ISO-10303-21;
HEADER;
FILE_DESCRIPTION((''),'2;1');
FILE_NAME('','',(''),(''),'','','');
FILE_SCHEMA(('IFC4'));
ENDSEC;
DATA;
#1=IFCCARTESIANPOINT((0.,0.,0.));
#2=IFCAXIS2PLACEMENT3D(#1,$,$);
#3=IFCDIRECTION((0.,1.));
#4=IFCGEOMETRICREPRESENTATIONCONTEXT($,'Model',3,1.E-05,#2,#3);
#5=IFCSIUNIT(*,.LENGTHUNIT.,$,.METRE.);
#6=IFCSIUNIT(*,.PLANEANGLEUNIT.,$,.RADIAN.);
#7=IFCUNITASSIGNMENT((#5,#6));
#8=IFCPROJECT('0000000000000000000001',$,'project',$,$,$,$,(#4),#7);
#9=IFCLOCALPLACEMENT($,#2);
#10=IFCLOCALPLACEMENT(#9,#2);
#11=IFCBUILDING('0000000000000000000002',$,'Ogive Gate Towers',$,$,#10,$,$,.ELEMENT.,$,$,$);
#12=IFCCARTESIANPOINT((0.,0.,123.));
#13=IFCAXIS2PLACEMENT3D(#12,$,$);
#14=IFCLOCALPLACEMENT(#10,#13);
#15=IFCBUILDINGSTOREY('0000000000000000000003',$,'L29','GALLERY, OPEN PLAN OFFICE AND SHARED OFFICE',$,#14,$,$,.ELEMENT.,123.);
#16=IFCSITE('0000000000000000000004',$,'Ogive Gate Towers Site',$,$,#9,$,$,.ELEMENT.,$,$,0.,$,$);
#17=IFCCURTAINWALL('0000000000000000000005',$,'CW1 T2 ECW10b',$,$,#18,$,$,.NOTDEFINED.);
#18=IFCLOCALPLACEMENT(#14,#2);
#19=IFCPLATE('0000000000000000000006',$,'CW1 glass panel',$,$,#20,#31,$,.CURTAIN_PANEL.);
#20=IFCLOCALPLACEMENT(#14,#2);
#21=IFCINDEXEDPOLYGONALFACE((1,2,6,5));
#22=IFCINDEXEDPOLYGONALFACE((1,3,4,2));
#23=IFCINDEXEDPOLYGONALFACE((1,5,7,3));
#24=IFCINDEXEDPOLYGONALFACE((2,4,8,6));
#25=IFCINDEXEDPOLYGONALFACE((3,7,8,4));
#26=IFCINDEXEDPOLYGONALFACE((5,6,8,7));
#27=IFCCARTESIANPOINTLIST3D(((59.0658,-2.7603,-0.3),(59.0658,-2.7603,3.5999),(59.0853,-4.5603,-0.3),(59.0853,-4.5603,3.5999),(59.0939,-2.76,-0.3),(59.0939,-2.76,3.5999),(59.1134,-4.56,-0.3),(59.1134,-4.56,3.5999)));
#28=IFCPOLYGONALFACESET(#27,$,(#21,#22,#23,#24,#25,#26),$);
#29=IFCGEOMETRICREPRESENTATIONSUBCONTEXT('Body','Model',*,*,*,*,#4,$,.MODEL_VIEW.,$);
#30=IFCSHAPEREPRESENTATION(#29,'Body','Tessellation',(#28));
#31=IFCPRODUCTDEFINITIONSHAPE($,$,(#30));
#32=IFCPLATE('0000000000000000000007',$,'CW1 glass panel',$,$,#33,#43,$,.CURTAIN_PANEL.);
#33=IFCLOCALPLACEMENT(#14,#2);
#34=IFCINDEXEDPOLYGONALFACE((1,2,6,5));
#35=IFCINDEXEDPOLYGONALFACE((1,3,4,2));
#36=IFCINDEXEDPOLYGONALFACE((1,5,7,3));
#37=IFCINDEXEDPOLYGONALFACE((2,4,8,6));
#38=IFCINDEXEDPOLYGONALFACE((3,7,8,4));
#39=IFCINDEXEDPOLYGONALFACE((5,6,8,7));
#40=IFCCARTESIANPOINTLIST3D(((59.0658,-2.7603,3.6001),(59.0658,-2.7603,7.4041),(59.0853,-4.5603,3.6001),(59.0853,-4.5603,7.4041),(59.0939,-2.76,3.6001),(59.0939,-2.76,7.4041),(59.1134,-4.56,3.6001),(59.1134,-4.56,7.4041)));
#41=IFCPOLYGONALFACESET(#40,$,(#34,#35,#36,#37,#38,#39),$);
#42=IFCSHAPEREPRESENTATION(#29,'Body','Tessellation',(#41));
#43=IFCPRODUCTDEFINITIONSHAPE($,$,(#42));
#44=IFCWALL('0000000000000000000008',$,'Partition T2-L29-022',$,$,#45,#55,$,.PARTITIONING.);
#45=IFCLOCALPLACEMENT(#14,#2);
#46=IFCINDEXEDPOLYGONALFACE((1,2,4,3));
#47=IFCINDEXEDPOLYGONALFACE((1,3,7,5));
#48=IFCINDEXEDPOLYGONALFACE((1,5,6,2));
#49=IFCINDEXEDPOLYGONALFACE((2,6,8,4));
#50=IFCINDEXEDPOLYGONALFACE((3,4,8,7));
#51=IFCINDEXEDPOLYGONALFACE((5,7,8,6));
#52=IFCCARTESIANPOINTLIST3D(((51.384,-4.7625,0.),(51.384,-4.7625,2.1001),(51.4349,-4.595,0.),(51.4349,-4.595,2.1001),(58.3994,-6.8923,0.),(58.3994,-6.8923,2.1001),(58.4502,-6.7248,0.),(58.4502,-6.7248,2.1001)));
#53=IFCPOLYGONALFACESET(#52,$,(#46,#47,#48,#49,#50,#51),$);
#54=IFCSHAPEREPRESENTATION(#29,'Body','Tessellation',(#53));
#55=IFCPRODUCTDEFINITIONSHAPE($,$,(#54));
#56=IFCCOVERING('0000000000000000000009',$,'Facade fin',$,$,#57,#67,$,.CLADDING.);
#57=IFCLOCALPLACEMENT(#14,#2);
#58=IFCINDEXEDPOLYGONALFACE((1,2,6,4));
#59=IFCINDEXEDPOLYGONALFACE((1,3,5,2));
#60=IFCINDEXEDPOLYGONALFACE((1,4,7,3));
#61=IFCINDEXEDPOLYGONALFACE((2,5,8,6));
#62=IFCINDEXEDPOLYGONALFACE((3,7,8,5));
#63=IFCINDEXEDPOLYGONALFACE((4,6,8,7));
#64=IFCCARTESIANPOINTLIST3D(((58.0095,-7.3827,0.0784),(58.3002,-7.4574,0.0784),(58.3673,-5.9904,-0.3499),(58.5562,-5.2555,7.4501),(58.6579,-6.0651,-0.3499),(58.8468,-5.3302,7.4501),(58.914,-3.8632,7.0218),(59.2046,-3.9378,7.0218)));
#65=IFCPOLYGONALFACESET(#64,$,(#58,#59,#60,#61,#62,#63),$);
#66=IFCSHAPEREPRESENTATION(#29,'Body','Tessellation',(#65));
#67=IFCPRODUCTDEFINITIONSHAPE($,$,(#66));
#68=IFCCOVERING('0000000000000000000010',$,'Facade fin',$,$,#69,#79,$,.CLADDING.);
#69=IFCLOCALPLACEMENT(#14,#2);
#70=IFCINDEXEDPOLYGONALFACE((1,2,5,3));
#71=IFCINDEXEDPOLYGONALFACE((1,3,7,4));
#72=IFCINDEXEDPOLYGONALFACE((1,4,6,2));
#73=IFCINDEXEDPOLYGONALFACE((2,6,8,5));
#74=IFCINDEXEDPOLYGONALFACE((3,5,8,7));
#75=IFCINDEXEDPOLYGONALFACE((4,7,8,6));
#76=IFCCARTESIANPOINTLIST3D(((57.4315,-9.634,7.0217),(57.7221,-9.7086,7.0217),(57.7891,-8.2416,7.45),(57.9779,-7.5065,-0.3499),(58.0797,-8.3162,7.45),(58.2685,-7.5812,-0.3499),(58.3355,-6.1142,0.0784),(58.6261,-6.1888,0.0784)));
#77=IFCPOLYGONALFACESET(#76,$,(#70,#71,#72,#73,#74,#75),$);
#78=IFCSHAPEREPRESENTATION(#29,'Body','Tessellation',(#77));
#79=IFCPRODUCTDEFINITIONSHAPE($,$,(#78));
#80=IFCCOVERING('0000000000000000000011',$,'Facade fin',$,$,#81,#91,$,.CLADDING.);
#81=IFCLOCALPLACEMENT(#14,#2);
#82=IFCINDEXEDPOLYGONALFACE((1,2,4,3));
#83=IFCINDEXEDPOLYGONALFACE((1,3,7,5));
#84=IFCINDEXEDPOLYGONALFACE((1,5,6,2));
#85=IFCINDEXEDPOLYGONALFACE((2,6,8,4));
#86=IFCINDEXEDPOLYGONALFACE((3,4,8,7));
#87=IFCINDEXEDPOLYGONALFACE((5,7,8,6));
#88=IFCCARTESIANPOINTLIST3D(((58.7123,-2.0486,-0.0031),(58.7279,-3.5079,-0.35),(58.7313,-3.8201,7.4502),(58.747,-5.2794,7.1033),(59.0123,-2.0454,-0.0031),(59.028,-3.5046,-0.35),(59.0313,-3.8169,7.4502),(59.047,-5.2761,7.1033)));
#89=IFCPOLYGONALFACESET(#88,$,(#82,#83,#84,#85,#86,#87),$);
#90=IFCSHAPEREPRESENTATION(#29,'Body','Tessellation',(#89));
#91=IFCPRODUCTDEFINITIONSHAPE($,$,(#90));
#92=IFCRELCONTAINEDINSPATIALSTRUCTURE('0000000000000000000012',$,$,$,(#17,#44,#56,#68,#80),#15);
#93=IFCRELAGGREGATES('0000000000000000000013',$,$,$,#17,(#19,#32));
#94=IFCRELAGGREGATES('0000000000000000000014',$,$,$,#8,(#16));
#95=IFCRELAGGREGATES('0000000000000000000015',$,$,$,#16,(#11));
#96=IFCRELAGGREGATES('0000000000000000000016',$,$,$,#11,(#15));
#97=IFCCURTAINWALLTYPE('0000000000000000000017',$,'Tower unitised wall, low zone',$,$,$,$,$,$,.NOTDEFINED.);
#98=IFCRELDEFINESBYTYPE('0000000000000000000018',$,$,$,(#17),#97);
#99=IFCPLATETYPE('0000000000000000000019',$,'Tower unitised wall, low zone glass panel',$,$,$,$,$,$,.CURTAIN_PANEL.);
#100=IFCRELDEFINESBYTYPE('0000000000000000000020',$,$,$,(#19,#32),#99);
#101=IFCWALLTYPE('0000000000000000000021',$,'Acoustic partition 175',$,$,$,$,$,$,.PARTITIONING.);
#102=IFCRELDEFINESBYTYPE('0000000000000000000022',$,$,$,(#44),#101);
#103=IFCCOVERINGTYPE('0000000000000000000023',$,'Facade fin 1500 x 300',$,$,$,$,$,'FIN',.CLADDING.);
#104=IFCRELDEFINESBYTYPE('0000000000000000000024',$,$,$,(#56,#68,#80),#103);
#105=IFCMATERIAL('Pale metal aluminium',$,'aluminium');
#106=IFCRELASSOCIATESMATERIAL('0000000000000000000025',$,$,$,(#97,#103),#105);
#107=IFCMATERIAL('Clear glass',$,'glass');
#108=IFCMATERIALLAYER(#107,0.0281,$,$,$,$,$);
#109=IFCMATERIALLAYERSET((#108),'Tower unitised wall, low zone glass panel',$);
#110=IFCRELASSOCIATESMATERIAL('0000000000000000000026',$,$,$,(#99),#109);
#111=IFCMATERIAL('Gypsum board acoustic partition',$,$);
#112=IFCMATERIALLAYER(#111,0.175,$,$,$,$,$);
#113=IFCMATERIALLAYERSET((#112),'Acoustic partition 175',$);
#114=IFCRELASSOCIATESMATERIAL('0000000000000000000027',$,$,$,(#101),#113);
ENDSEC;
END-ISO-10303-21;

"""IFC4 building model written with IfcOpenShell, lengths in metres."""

from ifc_helpers import new_model, si_unit, direction, frame, frame_2d, origin, origin_2d, place, context, subcontext, project, spatial, rectangle, extrude, material, layer, layer_set, material_profile, profile_set, type_object, element, aggregate, save


model = new_model("IFC4")

# Units and contexts
model_context = context("Model", 3, precision=1e-05, world=origin(), true_north=direction((0.0, 1.0)))
body_context = subcontext(model_context, "Body", "Model", "MODEL_VIEW")
ifc_project = project(units=[si_unit("LENGTHUNIT", "METRE"), si_unit("PLANEANGLEUNIT", "RADIAN")], contexts=[model_context])

# Site, building, storey
site_placement = place(None, origin())
site = spatial("IfcSite", under=ifc_project, at=site_placement, Name="Ogive Gate Towers Site", CompositionType="ELEMENT", RefElevation=0.0)
building_placement = place(site_placement, origin())
building = spatial("IfcBuilding", under=site, at=building_placement, Name="Ogive Gate Towers", CompositionType="ELEMENT")
storey_placement = place(building_placement, frame((0.0, 0.0, 123.0)))
storey = spatial("IfcBuildingStorey", under=building, at=storey_placement, Name="L29", Description="GALLERY, OPEN PLAN OFFICE AND SHARED OFFICE", CompositionType="ELEMENT", Elevation=123.0)

# Shared definitions
ifc_material_1 = material(Name="Pale metal aluminium", Category="aluminium")

# Shared definitions
curtain_wall_type_1 = type_object("IfcCurtainWallType", Name="Tower unitised wall, low zone", PredefinedType="NOTDEFINED", material=ifc_material_1)

# Curtain wall
curtain_wall_1_placement = place(storey_placement, origin())
curtain_wall_1 = element("IfcCurtainWall", 1, at=curtain_wall_1_placement, inside=storey, type_object=curtain_wall_type_1, Name="CW1 T2 ECW10b", PredefinedType="NOTDEFINED")

# Plates
ifc_material_2 = material(Name="Clear glass", Category="glass")
ifc_layer_1 = layer(ifc_material_2, 0.0281)
ifc_layer_set_1 = layer_set([ifc_layer_1], Name="Tower unitised wall, low zone glass panel")
plate_type = type_object("IfcPlateType", Name="Tower unitised wall, low zone glass panel", PredefinedType="CURTAIN_PANEL", material=ifc_layer_set_1)
plate_1_placement = place(storey_placement, frame((59.0896, -3.6602, -0.3), z_axis=(0.0, 0.0, 1.0), x_axis=(0.010838, -0.999941, 0.0)))
plate_1 = element("IfcPlate", 2, at=plate_1_placement, type_object=plate_type, Name="CW1 glass panel", PredefinedType="CURTAIN_PANEL", context=body_context, shape_type="SweptSolid", body=[
    extrude(rectangle(XDim=1.8, YDim=0.0281, at=origin_2d()), origin(), (0.0, 0.0, 1.0), 3.8999),
])
plate_2_placement = place(storey_placement, frame((59.0896, -3.6602, 3.6001), z_axis=(0.0, 0.0, 1.0), x_axis=(0.010838, -0.999941, 0.0)))
plate_2 = element("IfcPlate", 3, at=plate_2_placement, type_object=plate_type, Name="CW1 glass panel", PredefinedType="CURTAIN_PANEL", context=body_context, shape_type="SweptSolid", body=[
    extrude(rectangle(XDim=1.8, YDim=0.0281, at=origin_2d()), origin(), (0.0, 0.0, 1.0), 3.804),
])
aggregate(curtain_wall_1, [plate_1, plate_2])

# Wall
ifc_material_3 = material(Name="Gypsum board acoustic partition")
ifc_layer_2 = layer(ifc_material_3, 0.175)
ifc_layer_set_2 = layer_set([ifc_layer_2], Name="Acoustic partition 175")
wall_type = type_object("IfcWallType", Name="Acoustic partition 175", PredefinedType="PARTITIONING", material=ifc_layer_set_2)
wall_placement = place(storey_placement, frame((58.4248, -6.8086, 0.0), z_axis=(0.0, 0.0, 1.0), x_axis=(-0.956872, 0.290508, 0.0)))
element("IfcWall", 4, at=wall_placement, inside=storey, type_object=wall_type, Name="Partition T2-L29-022", PredefinedType="PARTITIONING", context=body_context, shape_type="SweptSolid", body=[
    extrude(rectangle(XDim=7.3315, YDim=0.175, at=frame_2d((3.6658, 0.0))), origin(), (0.0, 0.0, 1.0), 2.1001),
])

# Coverings
ifc_material_profile_1 = material_profile(ifc_material_1, rectangle(XDim=0.3, YDim=1.5, at=origin_2d()), Name="1500 x 300 pale metal aluminium")
ifc_profile_set_1 = profile_set([ifc_material_profile_1], Name="Pale metal aluminium")
covering_type = type_object("IfcCoveringType", Name="Facade fin 1500 x 300", ElementType="FIN", PredefinedType="CLADDING", material=ifc_profile_set_1)
for number, where, z_axis, x_axis, name in (
    (5, (58.3337, -6.7239, -0.1357), (0.071067, 0.276553, 0.958367), (-0.968533, 0.248886, 0.0), "Facade fin"),
    (6, (58.302, -6.8477, -0.1357), (-0.071034, -0.276583, 0.958361), (0.968566, -0.248755, 0.0), "Facade fin"),
):
    element("IfcCovering", number, at=place(storey_placement, frame(where, z_axis=z_axis, x_axis=x_axis)), inside=storey, type_object=covering_type, Name=name, PredefinedType="CLADDING", context=body_context, shape_type="SweptSolid", body=[
        extrude(rectangle(XDim=0.3, YDim=1.5, at=origin_2d()), origin(), (0.0, 0.0, 1.0), 7.6919),
    ])
covering_placement = place(storey_placement, frame((58.8701, -2.7766, -0.1765), z_axis=(0.002486, -0.231241, 0.972893), x_axis=(0.999942, 0.010749, 0.0)))
element("IfcCovering", 7, at=covering_placement, inside=storey, type_object=covering_type, Name="Facade fin", PredefinedType="CLADDING", context=body_context, shape_type="SweptSolid", body=[
    extrude(rectangle(XDim=0.3, YDim=1.5, at=origin_2d()), origin(), (0.0, 0.0, 1.0), 7.6609),
])

save(model, "model.ifc")
